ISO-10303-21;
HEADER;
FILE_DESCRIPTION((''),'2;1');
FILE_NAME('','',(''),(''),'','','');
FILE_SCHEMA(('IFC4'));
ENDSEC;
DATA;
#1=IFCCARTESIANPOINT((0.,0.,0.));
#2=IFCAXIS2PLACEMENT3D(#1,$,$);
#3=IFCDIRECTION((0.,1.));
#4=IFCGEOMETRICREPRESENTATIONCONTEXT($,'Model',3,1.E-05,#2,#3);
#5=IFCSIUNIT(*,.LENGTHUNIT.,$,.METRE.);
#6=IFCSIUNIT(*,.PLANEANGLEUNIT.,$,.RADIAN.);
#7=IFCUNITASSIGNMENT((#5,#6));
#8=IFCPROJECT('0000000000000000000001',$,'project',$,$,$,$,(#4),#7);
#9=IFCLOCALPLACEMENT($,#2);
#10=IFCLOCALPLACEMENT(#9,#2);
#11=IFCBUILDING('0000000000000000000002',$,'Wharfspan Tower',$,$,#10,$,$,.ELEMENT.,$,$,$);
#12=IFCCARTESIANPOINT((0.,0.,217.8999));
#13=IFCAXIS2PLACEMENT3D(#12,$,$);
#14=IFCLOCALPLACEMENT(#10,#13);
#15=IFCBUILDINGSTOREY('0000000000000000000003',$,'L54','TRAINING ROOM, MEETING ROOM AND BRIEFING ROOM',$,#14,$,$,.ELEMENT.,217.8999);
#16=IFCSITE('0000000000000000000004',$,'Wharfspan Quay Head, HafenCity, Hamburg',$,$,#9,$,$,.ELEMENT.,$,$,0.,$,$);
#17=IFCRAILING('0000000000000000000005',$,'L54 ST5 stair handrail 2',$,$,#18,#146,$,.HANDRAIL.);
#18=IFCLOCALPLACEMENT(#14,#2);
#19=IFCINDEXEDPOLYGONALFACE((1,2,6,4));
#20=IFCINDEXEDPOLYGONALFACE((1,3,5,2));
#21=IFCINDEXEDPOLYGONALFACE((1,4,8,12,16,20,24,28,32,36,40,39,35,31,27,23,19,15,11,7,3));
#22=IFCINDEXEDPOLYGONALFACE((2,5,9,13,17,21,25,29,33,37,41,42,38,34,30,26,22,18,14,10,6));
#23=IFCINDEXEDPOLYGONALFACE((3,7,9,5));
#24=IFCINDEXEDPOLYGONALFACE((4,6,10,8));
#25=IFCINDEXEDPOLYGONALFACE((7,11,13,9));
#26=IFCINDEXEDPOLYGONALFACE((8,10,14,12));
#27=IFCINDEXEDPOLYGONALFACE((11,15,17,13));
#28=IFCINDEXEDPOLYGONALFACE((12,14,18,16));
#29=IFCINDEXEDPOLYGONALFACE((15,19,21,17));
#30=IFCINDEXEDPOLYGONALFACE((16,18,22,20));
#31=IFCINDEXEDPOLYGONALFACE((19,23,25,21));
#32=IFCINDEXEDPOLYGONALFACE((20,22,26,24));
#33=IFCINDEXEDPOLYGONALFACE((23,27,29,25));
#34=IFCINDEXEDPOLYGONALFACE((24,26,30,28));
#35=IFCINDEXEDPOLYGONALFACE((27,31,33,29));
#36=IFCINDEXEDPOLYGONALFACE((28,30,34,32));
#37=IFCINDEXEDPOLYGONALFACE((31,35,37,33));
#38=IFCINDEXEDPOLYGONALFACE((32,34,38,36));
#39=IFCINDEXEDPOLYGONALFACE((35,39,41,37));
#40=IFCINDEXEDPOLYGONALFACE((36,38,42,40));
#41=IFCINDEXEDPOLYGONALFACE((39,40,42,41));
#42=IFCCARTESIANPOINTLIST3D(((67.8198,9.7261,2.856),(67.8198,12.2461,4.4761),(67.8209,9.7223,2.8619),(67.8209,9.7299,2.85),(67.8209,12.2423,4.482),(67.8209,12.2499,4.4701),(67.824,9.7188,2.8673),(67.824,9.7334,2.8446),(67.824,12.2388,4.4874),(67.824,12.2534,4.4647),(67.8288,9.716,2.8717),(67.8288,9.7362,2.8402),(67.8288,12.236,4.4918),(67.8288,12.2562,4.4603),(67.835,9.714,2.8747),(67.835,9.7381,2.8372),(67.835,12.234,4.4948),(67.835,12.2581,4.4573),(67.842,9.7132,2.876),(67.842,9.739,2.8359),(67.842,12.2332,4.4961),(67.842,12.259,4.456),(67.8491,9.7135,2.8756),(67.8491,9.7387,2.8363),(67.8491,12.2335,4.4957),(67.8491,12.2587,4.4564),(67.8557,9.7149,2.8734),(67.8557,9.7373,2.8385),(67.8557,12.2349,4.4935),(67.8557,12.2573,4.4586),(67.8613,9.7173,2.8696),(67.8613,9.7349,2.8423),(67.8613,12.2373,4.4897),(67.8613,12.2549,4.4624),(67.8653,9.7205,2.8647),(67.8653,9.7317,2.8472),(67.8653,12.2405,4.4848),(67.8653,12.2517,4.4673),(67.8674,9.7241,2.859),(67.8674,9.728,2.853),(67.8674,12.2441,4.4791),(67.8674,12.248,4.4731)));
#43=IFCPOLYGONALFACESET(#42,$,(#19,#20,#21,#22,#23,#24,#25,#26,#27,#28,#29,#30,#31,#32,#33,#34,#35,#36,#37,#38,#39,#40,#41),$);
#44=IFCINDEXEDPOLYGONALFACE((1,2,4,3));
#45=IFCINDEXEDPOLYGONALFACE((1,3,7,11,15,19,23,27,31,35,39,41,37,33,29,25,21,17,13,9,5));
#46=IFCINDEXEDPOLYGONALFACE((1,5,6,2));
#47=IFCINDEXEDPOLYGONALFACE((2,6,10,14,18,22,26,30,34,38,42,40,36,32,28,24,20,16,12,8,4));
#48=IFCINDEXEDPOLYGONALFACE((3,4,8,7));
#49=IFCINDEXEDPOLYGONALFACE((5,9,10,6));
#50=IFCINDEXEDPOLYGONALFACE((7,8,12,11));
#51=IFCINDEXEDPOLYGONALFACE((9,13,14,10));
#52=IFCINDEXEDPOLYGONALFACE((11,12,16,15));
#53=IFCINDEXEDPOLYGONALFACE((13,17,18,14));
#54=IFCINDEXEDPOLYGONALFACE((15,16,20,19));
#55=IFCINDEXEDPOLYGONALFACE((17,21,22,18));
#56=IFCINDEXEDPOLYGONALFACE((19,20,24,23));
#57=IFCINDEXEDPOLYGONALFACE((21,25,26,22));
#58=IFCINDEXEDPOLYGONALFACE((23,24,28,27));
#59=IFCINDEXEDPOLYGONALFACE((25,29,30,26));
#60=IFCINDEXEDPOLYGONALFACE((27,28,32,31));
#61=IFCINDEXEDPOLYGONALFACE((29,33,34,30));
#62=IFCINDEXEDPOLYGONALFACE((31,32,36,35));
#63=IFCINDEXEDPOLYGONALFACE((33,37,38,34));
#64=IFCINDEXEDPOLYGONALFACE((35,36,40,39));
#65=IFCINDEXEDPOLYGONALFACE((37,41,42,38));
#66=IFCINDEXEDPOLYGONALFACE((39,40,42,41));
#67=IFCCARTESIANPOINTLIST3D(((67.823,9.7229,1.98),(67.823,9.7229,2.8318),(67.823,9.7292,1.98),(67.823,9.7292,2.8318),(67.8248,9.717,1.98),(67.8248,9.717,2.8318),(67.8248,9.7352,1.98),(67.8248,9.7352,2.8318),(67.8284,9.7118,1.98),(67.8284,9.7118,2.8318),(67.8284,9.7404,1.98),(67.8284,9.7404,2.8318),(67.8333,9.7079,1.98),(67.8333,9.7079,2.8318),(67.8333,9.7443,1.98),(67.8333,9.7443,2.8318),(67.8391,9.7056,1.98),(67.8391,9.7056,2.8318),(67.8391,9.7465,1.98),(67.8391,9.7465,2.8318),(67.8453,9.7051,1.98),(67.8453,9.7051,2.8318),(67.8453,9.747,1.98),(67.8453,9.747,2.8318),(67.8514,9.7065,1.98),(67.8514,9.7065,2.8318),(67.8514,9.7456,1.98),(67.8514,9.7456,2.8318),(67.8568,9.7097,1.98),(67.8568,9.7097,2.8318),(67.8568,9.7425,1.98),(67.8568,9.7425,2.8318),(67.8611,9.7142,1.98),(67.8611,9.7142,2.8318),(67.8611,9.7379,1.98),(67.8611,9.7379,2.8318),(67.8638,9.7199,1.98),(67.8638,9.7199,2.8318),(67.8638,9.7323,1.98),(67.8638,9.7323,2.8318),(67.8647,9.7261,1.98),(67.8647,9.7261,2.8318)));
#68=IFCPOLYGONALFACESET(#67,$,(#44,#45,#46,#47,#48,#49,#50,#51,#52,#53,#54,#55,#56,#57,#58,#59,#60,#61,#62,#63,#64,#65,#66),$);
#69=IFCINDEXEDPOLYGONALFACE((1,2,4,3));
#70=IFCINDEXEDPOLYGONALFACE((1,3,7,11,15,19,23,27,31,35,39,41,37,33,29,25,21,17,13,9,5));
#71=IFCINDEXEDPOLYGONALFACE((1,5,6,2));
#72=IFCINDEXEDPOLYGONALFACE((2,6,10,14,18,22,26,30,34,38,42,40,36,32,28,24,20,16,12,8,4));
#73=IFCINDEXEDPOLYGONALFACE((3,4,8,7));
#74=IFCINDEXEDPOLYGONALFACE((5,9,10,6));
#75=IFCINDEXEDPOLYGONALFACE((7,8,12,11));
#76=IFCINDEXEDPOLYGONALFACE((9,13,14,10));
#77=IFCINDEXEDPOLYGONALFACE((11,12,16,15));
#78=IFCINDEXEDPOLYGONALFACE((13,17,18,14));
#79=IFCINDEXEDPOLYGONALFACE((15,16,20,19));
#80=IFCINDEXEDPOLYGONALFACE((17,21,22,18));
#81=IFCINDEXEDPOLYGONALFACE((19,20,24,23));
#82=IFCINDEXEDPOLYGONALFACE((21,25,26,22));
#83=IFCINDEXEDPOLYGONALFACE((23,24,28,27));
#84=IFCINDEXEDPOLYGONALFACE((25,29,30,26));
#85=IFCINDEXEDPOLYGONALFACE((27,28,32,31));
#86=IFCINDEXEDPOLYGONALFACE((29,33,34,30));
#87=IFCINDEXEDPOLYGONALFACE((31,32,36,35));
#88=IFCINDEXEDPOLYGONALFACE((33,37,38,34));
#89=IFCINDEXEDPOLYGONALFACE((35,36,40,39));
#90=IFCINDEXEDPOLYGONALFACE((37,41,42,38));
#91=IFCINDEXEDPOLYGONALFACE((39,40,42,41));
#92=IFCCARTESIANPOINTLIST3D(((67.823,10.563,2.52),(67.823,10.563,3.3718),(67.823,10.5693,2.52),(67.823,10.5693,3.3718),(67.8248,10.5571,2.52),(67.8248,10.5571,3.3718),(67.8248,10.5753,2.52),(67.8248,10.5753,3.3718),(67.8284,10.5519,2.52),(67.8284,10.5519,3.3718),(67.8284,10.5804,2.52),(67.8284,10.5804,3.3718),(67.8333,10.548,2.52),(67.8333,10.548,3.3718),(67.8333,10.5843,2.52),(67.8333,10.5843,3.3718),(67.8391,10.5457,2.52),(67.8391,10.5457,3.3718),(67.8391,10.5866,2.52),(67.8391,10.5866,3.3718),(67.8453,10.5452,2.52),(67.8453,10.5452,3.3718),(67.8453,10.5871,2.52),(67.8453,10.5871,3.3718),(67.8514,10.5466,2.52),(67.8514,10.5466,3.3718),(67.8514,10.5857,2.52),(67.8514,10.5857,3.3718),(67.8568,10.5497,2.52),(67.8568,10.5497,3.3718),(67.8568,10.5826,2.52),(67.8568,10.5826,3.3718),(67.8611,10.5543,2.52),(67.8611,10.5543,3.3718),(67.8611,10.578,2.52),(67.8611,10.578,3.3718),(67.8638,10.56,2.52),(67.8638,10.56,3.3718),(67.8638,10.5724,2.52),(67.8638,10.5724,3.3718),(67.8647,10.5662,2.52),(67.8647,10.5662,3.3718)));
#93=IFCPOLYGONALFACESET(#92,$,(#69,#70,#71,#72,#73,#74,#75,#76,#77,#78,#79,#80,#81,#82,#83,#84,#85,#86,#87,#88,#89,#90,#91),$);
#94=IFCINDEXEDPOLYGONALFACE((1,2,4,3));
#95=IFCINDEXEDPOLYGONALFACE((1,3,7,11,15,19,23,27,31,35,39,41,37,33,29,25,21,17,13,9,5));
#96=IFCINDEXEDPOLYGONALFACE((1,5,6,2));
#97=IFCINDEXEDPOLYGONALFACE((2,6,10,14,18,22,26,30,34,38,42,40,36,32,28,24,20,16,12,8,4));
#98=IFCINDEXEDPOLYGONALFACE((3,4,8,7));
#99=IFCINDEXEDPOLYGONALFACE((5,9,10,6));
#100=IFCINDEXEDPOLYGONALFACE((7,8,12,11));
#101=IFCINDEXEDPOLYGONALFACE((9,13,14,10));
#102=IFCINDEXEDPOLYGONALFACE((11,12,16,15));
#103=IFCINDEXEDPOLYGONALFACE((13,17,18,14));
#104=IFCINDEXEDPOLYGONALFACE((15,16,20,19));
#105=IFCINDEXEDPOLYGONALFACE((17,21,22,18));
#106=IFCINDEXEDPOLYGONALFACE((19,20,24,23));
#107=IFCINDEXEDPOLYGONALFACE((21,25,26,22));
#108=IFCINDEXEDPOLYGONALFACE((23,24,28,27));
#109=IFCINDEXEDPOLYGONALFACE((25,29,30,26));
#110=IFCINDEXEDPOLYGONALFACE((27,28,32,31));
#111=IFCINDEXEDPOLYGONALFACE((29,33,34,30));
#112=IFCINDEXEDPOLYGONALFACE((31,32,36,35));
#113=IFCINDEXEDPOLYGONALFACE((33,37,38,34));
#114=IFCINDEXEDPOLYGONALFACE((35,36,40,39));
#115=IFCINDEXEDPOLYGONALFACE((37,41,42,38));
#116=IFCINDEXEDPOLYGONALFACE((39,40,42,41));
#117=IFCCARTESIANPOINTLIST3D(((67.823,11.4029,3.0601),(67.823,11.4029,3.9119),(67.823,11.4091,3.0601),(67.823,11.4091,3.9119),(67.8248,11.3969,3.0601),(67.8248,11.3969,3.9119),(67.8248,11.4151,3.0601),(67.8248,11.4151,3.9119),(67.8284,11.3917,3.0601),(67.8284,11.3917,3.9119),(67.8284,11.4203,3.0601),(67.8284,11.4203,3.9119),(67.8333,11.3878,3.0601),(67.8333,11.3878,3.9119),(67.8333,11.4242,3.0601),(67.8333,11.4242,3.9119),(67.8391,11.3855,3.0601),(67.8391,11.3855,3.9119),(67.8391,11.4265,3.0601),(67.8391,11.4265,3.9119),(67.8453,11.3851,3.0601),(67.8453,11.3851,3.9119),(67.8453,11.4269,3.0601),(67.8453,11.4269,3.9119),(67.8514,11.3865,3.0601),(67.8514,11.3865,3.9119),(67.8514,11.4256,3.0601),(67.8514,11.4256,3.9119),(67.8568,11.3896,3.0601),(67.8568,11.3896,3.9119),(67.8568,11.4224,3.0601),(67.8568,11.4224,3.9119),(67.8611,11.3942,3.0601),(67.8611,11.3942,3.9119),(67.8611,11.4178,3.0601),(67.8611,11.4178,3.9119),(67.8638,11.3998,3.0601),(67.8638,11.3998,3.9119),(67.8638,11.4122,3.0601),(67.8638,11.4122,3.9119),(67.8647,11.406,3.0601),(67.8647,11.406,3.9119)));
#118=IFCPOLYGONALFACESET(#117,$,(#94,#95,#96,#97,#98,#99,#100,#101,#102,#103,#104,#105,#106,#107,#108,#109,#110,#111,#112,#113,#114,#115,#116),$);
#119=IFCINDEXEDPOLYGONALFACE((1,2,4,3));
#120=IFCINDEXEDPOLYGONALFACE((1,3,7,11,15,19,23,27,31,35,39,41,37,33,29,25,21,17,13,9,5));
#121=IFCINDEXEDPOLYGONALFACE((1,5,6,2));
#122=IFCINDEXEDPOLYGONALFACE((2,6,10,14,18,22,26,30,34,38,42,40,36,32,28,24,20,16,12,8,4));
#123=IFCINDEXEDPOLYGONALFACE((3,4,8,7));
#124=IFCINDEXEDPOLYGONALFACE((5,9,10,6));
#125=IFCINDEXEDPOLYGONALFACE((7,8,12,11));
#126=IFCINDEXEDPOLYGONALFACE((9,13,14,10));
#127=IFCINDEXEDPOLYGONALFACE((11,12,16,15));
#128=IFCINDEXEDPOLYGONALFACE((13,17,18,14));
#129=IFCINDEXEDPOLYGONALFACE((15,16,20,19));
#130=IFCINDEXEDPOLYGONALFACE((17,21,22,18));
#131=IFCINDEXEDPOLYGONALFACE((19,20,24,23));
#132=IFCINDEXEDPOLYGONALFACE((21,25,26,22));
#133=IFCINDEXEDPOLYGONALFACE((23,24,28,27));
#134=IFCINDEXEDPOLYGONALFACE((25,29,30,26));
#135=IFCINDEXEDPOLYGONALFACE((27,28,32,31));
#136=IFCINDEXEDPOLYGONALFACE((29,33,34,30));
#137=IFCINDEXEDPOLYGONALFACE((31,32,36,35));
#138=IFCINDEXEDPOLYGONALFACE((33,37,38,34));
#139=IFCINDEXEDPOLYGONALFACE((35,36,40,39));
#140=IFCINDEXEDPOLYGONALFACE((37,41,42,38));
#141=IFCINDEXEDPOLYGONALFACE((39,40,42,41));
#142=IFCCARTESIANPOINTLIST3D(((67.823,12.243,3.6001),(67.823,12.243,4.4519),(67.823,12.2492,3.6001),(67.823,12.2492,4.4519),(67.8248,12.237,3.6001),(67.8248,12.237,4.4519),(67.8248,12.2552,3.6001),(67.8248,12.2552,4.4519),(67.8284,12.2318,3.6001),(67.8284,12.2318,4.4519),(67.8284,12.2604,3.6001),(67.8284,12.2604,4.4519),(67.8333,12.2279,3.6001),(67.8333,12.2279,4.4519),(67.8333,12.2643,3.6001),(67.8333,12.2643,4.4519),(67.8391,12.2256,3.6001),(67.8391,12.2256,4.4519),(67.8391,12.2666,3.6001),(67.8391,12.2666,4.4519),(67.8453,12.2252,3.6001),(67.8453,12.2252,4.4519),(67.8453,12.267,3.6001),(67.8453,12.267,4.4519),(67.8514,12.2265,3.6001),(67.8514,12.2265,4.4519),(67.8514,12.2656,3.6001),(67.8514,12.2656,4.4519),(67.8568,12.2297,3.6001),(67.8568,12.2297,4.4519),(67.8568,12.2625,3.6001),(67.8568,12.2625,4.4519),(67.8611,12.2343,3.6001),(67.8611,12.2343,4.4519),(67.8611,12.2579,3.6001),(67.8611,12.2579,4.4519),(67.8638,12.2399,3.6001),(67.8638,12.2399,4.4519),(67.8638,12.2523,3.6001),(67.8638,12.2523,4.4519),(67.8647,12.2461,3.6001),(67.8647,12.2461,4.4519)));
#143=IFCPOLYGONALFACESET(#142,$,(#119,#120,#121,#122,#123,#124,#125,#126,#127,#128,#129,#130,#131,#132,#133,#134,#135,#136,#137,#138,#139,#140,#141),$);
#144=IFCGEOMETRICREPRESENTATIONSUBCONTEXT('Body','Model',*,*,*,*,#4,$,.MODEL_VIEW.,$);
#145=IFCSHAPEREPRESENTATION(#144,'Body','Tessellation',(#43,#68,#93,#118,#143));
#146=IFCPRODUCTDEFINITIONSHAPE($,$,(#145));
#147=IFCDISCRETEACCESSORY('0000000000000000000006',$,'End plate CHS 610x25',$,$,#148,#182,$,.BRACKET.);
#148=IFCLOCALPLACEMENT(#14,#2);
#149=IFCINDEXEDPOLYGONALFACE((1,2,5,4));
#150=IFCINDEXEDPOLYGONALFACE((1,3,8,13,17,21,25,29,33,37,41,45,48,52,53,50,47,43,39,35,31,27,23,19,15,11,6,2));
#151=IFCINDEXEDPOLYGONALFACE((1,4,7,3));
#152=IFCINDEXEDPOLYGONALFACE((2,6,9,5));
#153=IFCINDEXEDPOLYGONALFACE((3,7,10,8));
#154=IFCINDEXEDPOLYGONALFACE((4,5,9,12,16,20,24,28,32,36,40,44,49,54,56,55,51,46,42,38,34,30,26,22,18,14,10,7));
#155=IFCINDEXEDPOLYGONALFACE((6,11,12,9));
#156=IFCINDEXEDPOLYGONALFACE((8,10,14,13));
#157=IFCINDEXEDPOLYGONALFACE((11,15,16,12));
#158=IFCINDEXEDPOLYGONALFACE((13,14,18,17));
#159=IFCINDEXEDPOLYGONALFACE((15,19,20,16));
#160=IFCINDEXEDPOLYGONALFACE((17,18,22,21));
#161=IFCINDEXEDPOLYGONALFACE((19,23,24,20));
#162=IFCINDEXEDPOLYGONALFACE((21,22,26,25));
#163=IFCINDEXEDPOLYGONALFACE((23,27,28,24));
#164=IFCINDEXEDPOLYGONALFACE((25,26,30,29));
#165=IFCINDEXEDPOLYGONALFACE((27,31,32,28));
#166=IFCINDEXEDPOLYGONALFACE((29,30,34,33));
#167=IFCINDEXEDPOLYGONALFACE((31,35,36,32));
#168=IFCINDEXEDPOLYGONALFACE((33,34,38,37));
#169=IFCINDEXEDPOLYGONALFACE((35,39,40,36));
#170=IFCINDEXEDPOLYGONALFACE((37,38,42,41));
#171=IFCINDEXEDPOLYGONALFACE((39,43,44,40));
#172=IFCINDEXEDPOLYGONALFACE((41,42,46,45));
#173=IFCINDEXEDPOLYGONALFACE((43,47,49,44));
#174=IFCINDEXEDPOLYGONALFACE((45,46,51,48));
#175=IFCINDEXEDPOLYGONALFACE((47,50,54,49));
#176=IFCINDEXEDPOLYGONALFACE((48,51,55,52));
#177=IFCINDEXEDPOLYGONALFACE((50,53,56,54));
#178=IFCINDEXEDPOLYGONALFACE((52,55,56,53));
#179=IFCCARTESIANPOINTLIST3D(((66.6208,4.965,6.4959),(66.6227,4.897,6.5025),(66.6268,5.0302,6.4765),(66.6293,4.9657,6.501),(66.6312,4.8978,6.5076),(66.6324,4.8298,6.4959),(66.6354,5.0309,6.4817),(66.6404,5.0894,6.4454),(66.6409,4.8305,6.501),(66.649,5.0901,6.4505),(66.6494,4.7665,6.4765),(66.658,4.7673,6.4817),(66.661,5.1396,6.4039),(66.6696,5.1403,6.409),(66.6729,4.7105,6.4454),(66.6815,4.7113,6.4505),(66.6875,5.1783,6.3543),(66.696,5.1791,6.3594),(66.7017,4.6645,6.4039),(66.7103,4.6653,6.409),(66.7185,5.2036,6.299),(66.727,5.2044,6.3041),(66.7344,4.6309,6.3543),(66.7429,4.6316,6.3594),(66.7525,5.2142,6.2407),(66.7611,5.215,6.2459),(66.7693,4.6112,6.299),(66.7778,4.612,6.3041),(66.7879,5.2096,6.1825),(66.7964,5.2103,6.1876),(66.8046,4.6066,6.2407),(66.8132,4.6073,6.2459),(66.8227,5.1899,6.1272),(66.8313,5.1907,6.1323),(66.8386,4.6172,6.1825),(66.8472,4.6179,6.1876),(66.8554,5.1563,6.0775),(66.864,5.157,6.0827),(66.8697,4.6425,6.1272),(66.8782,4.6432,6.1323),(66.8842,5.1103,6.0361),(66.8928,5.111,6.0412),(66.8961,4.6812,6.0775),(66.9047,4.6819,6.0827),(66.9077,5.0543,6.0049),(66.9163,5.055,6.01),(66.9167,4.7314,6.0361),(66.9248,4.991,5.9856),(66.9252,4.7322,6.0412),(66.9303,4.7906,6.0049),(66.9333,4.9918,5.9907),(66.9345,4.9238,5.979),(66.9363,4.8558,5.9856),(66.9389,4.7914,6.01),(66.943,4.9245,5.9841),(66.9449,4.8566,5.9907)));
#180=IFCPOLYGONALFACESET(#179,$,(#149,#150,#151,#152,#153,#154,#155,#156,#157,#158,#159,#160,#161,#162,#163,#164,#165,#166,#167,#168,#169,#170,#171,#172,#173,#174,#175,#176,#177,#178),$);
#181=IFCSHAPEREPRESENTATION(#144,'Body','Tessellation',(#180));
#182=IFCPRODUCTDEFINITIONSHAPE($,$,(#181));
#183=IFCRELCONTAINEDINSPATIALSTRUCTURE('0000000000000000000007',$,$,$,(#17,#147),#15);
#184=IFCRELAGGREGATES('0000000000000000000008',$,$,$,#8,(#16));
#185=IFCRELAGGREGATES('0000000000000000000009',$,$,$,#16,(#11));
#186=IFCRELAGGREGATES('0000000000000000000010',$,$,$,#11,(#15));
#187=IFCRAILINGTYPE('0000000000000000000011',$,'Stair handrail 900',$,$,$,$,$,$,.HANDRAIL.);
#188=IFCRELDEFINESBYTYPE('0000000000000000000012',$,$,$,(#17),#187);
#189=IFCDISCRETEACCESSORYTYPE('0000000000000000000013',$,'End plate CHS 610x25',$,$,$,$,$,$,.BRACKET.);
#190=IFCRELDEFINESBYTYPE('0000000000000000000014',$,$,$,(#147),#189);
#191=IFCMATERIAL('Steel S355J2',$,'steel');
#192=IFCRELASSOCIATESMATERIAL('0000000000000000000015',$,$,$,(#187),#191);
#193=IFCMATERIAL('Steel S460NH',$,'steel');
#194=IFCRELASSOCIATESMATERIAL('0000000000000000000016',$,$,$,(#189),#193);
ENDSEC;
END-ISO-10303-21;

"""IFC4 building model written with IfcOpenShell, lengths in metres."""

from ifc_helpers import new_model, si_unit, direction, frame, origin, origin_2d, place, context, subcontext, project, spatial, circle, extrude, material, material_profile, profile_set, type_object, element, save


model = new_model("IFC4")

# Units and contexts
model_context = context("Model", 3, precision=1e-05, world=origin(), true_north=direction((0.0, 1.0)))
body_context = subcontext(model_context, "Body", "Model", "MODEL_VIEW")
ifc_project = project(units=[si_unit("LENGTHUNIT", "METRE"), si_unit("PLANEANGLEUNIT", "RADIAN")], contexts=[model_context])

# Site, building, storey
site_placement = place(None, origin())
site = spatial("IfcSite", under=ifc_project, at=site_placement, Name="Wharfspan Quay Head, HafenCity, Hamburg", CompositionType="ELEMENT", RefElevation=0.0)
building_placement = place(site_placement, origin())
building = spatial("IfcBuilding", under=site, at=building_placement, Name="Wharfspan Tower", CompositionType="ELEMENT")
storey_placement = place(building_placement, frame((0.0, 0.0, 217.8999)))
storey = spatial("IfcBuildingStorey", under=building, at=storey_placement, Name="L54", Description="TRAINING ROOM, MEETING ROOM AND BRIEFING ROOM", CompositionType="ELEMENT", Elevation=217.8999)

# Shared definitions
ifc_material_1 = material(Name="Steel S355J2", Category="steel")

# Shared definitions
ifc_material_2 = material(Name="Steel S460NH", Category="steel")

# Railing
railing_type_1 = type_object("IfcRailingType", Name="Stair handrail 900", PredefinedType="HANDRAIL", material=ifc_material_1)
railing_1_placement = place(storey_placement, frame((67.8438, 9.7261, 1.98)))
element("IfcRailing", 1, at=railing_1_placement, inside=storey, type_object=railing_type_1, Name="L54 ST5 stair handrail 2", PredefinedType="HANDRAIL", context=body_context, shape_type="SweptSolid", body=[
    extrude(circle(Radius=0.0239, at=origin_2d()), frame((0.0, 0.0, 0.876), z_axis=(0.0, 0.841163, 0.540782), x_axis=(-1.0, 0.0, 0.0)), (0.0, 0.0, 1.0), 2.9958),
    extrude(circle(Radius=0.021, at=origin_2d()), origin(), (0.0, 0.0, 1.0), 0.8518),
    extrude(circle(Radius=0.021, at=origin_2d()), frame((0.0, 0.8401, 0.54)), (0.0, 0.0, 1.0), 0.8518),
    extrude(circle(Radius=0.021, at=origin_2d()), frame((0.0, 1.6799, 1.0801)), (0.0, 0.0, 1.0), 0.8518),
    extrude(circle(Radius=0.021, at=origin_2d()), frame((0.0, 2.52, 1.6201)), (0.0, 0.0, 1.0), 0.8518),
])

# Discrete accessory
ifc_material_profile_1 = material_profile(ifc_material_2, circle(Radius=0.3049, at=origin_2d()))
ifc_profile_set_1 = profile_set([ifc_material_profile_1], Name="Steel S460NH")
discrete_accessory_type = type_object("IfcDiscreteAccessoryType", Name="End plate CHS 610x25", PredefinedType="BRACKET", material=ifc_profile_set_1)
for number, where, z_axis, x_axis, name in (
    (2, (66.7786, 4.9104, 6.2407), (0.855186, 0.073302, 0.513112), (-0.085402, 0.996345, 0.000001), "End plate CHS 610x25"),
):
    element("IfcDiscreteAccessory", number, at=place(storey_placement, frame(where, z_axis=z_axis, x_axis=x_axis)), inside=storey, type_object=discrete_accessory_type, Name=name, PredefinedType="BRACKET", context=body_context, shape_type="SweptSolid", body=[
        extrude(circle(Radius=0.3049, at=origin_2d()), origin(), (0.0, 0.0, 1.0), 0.01),
    ])

save(model, "model.ifc")
